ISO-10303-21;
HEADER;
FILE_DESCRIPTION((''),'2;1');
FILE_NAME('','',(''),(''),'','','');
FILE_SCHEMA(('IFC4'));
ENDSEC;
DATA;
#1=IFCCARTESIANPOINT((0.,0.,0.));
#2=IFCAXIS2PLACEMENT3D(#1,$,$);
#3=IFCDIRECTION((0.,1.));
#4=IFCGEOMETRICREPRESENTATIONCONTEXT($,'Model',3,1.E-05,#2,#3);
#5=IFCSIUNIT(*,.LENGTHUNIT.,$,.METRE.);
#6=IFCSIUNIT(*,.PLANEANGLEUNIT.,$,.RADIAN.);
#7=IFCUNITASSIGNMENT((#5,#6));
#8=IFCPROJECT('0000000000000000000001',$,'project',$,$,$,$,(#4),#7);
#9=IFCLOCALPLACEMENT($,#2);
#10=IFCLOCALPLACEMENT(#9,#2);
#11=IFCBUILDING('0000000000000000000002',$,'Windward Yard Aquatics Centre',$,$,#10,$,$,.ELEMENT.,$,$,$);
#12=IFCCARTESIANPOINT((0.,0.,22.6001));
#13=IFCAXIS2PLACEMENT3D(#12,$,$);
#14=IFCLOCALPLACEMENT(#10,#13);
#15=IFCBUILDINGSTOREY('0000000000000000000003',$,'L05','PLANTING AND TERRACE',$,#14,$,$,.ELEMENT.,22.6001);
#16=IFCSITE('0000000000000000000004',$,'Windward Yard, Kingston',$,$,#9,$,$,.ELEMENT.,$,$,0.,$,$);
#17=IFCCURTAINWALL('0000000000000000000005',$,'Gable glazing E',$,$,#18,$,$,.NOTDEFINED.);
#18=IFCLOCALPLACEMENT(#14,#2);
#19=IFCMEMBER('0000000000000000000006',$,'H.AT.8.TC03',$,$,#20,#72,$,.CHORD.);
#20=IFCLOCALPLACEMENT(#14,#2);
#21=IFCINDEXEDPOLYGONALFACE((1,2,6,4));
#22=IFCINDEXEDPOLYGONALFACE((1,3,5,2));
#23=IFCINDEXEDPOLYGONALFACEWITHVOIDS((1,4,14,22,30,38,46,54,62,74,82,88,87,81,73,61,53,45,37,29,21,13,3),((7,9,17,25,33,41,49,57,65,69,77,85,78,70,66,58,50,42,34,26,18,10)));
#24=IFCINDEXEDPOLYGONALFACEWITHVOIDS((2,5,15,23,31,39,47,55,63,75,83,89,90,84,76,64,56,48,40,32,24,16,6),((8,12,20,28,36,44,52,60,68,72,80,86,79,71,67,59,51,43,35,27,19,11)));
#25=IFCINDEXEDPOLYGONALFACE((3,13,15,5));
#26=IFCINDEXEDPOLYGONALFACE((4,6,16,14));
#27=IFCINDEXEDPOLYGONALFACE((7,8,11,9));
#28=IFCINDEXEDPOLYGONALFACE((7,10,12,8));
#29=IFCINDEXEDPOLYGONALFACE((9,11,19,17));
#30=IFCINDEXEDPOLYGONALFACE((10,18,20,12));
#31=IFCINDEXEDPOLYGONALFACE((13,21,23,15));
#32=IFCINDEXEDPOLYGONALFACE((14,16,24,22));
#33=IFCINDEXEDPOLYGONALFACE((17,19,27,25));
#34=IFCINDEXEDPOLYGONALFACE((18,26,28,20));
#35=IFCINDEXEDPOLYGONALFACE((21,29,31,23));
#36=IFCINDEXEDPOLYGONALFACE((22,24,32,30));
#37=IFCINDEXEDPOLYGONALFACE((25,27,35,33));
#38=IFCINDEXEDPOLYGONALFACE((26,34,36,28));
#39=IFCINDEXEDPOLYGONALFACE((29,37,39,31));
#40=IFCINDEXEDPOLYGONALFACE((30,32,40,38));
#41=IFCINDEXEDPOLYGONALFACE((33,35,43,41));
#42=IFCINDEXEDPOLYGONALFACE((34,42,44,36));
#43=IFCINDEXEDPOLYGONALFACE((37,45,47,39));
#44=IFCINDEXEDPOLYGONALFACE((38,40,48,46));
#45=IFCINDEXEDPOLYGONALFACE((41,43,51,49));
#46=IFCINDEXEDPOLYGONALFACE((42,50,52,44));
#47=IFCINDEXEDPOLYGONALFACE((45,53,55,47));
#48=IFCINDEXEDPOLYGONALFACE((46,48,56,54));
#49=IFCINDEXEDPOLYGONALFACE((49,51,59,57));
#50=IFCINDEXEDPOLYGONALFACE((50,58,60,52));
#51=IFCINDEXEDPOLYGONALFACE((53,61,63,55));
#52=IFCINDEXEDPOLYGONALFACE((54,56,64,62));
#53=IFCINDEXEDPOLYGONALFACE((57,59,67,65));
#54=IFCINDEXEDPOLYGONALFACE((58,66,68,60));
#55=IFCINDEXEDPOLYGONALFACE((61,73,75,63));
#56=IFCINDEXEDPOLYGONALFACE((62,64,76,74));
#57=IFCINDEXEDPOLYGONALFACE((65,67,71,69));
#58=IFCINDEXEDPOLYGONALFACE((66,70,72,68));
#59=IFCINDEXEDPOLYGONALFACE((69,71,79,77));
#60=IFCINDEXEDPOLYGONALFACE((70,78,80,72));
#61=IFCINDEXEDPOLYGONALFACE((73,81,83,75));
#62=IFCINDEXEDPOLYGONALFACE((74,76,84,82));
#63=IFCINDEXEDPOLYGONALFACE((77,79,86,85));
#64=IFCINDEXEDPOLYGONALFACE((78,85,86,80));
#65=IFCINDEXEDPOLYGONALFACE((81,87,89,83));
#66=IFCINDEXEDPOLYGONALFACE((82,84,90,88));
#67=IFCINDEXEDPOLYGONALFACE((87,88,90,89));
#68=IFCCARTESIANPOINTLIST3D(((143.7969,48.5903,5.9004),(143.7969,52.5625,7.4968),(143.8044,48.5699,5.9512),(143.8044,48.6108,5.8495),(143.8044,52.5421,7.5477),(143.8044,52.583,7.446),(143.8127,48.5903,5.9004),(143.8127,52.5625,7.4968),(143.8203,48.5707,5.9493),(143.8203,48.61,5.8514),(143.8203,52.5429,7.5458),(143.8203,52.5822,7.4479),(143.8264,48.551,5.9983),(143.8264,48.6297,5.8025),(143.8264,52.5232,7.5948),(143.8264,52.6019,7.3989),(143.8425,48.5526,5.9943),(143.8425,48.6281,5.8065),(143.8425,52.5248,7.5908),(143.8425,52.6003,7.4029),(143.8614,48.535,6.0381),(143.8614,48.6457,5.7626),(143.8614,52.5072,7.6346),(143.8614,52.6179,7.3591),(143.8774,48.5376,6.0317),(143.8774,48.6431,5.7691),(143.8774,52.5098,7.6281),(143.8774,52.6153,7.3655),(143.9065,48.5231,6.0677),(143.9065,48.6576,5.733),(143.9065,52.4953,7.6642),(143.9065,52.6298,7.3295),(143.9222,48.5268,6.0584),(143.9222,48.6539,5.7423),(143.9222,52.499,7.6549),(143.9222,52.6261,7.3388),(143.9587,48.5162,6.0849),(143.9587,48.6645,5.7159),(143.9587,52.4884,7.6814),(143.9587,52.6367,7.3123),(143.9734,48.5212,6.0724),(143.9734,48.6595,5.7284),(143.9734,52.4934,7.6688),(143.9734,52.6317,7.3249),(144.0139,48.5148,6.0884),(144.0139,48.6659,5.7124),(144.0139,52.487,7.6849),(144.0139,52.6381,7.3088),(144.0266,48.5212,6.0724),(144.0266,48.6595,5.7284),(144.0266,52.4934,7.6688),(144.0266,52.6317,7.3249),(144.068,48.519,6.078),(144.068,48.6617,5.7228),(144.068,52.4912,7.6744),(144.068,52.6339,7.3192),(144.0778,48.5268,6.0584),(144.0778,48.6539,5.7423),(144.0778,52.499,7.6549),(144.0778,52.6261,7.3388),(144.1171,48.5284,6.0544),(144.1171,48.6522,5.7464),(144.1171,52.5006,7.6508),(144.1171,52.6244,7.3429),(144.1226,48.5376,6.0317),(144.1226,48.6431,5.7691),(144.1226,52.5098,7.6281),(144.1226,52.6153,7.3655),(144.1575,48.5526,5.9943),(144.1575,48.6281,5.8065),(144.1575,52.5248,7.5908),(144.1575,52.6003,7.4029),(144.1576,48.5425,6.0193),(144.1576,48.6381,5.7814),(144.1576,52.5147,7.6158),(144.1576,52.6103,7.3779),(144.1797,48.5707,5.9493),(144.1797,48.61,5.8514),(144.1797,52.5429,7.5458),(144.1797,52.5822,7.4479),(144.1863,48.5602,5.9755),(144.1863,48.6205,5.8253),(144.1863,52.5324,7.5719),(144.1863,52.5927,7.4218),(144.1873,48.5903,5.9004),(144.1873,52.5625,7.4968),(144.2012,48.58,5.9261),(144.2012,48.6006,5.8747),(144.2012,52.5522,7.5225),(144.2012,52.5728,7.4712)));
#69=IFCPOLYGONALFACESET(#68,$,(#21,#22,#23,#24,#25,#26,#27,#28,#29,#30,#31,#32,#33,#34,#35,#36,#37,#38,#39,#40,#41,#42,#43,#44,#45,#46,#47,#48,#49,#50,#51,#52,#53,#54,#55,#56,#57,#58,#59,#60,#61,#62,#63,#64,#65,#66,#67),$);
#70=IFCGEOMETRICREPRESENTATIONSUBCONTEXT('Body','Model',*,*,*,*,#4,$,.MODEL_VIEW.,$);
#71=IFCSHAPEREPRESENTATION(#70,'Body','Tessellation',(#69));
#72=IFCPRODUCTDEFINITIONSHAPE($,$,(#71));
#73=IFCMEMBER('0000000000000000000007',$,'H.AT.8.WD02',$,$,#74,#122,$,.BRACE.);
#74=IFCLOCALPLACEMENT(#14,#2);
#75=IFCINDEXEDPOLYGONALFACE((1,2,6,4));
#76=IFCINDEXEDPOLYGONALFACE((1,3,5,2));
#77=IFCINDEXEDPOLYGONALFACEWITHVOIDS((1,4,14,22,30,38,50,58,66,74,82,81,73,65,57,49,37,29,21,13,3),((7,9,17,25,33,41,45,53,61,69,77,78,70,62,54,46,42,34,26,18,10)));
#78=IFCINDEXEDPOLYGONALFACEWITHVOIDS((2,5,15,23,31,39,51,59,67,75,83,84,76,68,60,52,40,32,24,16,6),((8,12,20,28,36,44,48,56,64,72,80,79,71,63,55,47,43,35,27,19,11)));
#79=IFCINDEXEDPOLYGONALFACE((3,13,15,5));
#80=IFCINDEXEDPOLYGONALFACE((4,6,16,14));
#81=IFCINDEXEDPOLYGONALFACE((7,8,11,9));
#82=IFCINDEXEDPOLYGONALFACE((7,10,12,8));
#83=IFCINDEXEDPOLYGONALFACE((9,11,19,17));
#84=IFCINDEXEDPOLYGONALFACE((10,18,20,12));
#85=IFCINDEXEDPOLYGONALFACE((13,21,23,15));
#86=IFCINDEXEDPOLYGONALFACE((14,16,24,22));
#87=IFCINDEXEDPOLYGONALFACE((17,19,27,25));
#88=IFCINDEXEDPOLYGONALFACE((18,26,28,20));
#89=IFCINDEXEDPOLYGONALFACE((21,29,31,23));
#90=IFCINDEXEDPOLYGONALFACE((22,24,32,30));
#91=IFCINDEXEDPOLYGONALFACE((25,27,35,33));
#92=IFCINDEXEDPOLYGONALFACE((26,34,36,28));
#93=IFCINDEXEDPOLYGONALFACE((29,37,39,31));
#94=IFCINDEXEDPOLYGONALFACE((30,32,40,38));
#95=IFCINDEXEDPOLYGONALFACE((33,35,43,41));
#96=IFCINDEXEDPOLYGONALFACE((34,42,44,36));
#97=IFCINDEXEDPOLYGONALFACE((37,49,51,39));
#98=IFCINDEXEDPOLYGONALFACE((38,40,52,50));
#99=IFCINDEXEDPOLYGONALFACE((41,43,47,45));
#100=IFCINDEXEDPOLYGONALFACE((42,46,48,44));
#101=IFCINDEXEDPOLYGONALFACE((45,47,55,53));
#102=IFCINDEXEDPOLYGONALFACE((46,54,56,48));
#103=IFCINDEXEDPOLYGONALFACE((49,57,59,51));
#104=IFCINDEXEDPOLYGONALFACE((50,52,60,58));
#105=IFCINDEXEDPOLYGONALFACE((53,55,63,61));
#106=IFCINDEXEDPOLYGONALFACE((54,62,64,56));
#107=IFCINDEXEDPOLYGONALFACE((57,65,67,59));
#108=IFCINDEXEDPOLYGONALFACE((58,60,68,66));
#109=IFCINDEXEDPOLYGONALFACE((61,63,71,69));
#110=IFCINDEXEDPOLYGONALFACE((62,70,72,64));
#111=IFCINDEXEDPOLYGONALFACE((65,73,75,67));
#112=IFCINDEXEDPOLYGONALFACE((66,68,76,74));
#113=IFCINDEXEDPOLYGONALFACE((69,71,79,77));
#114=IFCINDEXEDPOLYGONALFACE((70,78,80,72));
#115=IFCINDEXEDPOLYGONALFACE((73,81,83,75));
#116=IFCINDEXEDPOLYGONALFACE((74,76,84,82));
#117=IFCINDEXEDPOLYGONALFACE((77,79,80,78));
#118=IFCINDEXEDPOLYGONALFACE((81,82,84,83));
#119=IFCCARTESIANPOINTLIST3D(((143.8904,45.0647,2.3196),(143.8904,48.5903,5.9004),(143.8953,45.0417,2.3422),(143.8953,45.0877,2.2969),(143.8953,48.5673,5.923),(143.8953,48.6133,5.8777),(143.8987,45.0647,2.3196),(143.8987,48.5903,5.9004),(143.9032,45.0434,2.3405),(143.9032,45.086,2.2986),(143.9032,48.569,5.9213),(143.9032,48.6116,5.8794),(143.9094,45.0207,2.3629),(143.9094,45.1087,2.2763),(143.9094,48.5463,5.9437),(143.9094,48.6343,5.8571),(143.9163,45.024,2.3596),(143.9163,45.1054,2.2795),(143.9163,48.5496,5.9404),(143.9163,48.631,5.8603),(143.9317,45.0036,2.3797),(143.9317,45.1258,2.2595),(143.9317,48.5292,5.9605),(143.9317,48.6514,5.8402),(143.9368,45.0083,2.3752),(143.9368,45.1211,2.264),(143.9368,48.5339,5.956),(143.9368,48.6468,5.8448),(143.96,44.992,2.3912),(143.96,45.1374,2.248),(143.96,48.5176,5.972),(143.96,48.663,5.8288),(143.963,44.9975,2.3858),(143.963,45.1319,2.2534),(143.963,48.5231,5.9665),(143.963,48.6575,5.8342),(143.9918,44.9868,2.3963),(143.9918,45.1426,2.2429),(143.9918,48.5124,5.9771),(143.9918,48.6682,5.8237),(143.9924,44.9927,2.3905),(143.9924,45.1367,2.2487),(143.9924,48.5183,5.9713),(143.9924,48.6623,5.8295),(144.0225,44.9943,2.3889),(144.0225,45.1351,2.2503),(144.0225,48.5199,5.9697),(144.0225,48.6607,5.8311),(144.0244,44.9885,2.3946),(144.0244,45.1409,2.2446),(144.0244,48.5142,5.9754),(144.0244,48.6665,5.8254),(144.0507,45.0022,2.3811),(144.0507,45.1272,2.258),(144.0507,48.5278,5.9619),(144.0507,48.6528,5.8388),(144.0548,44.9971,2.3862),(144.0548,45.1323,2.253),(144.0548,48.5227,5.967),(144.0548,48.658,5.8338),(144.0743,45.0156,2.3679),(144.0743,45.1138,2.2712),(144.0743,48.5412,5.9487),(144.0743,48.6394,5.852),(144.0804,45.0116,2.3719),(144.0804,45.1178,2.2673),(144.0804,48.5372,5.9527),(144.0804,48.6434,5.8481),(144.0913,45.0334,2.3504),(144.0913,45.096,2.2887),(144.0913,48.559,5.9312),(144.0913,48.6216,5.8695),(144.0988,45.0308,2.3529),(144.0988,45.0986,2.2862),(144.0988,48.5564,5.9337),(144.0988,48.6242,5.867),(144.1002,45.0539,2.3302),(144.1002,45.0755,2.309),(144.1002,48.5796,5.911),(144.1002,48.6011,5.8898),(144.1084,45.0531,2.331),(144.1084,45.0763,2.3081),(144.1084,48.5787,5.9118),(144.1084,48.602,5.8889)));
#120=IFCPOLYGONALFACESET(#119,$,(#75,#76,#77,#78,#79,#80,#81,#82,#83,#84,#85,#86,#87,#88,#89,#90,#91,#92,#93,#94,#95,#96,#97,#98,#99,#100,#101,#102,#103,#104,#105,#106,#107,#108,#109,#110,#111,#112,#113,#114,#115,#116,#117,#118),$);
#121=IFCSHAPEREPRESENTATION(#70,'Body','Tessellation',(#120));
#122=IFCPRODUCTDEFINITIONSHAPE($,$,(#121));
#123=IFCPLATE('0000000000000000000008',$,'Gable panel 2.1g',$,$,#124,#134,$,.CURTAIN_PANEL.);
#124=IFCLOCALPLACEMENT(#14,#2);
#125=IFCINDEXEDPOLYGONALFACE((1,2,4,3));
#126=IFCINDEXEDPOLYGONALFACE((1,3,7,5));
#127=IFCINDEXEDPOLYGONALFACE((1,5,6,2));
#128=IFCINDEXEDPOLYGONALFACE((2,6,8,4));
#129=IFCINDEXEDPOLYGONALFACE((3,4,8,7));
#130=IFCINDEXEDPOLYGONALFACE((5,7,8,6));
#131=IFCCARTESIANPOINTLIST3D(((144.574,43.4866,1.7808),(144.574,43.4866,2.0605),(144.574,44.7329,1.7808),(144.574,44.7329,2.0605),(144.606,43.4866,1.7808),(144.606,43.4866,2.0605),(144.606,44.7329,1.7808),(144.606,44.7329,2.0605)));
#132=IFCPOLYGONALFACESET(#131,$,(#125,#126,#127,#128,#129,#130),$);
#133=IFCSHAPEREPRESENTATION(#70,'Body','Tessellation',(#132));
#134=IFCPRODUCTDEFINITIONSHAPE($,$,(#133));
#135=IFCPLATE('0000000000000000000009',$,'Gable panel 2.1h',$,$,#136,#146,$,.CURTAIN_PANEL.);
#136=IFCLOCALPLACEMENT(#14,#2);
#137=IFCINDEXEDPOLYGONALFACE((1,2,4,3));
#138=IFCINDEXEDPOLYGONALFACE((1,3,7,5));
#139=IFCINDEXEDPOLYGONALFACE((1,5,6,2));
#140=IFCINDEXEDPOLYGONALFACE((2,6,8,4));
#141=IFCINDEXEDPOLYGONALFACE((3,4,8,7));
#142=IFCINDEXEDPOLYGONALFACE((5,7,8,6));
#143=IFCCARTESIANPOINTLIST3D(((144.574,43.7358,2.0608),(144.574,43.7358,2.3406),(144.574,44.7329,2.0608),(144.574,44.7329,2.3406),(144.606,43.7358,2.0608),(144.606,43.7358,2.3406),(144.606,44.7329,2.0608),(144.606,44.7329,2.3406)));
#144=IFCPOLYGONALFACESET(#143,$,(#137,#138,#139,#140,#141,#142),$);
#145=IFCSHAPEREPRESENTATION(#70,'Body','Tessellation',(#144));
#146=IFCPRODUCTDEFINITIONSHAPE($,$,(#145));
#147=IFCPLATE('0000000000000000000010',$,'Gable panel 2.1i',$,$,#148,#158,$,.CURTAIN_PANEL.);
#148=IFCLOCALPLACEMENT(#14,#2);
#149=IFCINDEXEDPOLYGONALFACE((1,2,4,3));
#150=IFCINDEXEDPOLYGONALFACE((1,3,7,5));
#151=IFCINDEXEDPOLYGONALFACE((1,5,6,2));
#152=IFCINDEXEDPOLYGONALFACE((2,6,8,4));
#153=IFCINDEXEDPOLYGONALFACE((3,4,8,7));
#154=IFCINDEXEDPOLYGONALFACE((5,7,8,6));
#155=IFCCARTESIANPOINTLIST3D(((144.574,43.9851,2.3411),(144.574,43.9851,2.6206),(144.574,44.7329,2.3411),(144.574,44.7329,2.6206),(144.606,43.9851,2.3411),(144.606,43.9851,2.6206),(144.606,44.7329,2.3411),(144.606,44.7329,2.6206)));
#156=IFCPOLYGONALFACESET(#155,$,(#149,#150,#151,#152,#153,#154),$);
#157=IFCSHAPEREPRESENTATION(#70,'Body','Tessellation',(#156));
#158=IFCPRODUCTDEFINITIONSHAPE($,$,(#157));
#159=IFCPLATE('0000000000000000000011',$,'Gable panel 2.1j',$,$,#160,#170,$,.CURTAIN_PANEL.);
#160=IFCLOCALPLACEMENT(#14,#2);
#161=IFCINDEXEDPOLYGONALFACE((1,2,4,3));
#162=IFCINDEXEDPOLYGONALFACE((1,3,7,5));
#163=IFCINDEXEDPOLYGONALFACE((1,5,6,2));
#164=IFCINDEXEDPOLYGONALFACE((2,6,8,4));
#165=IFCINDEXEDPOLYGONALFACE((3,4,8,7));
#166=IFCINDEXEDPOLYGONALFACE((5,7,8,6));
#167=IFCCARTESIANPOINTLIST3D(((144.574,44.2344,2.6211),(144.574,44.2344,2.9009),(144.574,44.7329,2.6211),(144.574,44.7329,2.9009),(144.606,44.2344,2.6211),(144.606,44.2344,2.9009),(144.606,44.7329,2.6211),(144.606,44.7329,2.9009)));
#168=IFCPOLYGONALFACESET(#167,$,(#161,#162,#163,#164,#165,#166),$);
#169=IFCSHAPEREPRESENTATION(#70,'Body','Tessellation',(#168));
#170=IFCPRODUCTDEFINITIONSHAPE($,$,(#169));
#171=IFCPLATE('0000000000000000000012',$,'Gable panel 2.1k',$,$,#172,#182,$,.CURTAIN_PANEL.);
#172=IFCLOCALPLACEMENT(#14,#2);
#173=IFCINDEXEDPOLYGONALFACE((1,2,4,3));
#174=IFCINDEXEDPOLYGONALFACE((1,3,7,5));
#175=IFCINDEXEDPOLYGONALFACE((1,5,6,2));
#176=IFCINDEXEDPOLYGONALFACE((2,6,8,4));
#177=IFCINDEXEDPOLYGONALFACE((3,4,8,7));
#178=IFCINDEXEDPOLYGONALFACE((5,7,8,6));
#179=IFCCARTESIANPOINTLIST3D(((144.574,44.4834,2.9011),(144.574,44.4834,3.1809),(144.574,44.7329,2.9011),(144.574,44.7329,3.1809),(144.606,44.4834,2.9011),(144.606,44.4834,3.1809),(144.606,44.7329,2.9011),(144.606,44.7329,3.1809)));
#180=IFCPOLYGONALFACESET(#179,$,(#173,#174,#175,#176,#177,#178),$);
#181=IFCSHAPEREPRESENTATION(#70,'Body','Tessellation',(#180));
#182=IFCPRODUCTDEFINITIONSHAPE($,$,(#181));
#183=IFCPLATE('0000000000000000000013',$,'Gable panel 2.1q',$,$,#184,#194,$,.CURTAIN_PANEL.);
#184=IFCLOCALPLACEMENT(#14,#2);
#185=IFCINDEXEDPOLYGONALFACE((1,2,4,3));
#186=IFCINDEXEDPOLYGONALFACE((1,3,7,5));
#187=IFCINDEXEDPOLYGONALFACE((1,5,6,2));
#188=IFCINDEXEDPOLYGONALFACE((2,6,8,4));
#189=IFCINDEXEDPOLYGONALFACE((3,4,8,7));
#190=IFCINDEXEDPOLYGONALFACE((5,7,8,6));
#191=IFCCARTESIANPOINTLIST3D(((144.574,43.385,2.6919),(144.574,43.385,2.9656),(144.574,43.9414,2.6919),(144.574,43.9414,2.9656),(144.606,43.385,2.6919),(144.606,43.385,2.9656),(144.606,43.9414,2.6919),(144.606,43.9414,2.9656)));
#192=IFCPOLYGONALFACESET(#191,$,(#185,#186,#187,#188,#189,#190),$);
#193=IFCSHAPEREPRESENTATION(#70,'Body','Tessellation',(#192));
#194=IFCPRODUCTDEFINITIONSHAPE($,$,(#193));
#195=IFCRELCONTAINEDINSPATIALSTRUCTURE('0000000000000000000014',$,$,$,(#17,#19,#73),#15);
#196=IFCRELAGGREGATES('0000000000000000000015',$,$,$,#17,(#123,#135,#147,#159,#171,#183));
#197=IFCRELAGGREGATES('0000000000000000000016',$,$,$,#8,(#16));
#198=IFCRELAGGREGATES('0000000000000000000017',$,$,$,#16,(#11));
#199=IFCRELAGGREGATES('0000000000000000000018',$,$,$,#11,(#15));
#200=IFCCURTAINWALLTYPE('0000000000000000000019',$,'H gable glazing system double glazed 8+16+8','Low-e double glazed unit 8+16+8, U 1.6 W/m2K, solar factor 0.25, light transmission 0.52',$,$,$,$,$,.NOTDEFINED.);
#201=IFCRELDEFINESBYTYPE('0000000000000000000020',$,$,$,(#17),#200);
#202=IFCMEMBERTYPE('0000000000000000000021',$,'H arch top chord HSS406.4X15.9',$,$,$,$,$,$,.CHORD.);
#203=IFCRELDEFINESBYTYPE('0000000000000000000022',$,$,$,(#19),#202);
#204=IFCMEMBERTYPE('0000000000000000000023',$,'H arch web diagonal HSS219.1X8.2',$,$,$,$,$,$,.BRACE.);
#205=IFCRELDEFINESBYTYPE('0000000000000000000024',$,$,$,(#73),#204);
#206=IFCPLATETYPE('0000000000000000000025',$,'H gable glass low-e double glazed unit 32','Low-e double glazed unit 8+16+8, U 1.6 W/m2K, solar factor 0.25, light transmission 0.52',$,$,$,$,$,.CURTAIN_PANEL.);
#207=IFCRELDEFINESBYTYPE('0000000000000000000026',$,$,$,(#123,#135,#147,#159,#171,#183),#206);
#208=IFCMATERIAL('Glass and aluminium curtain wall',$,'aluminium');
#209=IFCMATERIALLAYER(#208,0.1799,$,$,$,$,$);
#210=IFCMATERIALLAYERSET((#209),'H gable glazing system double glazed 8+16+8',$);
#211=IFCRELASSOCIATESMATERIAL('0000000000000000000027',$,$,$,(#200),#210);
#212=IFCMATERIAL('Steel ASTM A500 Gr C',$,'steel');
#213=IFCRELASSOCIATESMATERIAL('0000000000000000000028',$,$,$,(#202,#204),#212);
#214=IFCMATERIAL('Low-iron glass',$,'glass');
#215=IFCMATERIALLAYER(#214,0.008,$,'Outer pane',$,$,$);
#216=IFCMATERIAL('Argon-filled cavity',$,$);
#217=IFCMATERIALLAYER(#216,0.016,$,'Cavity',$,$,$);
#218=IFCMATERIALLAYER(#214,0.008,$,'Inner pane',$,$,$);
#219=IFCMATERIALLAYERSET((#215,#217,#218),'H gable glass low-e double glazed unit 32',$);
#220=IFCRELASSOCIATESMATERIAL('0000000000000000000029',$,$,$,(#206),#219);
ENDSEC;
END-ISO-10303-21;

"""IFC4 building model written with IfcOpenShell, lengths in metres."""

from ifc_helpers import new_model, si_unit, direction, frame, origin, origin_2d, place, context, subcontext, project, spatial, polyline, hollow_circle, outline, extrude, material, layer, layer_set, material_profile, profile_set, type_object, element, aggregate, save


model = new_model("IFC4")

# Units and contexts
model_context = context("Model", 3, precision=1e-05, world=origin(), true_north=direction((0.0, 1.0)))
body_context = subcontext(model_context, "Body", "Model", "MODEL_VIEW")
ifc_project = project(units=[si_unit("LENGTHUNIT", "METRE"), si_unit("PLANEANGLEUNIT", "RADIAN")], contexts=[model_context])

# Site, building, storey
site_placement = place(None, origin())
site = spatial("IfcSite", under=ifc_project, at=site_placement, Name="Windward Yard, Kingston", CompositionType="ELEMENT", RefElevation=0.0)
building_placement = place(site_placement, origin())
building = spatial("IfcBuilding", under=site, at=building_placement, Name="Windward Yard Aquatics Centre", CompositionType="ELEMENT")
storey_placement = place(building_placement, frame((0.0, 0.0, 22.6001)))
storey = spatial("IfcBuildingStorey", under=building, at=storey_placement, Name="L05", Description="PLANTING AND TERRACE", CompositionType="ELEMENT", Elevation=22.6001)

# Curtain wall
ifc_material_1 = material(Name="Glass and aluminium curtain wall", Category="aluminium")
ifc_layer_1 = layer(ifc_material_1, 0.1799)
ifc_layer_set_1 = layer_set([ifc_layer_1], Name="H gable glazing system double glazed 8+16+8")
curtain_wall_type = type_object("IfcCurtainWallType", Name="H gable glazing system double glazed 8+16+8", Description="Low-e double glazed unit 8+16+8, U 1.6 W/m2K, solar factor 0.25, light transmission 0.52", PredefinedType="NOTDEFINED", material=ifc_layer_set_1)
curtain_wall_placement = place(storey_placement, origin())
curtain_wall = element("IfcCurtainWall", 1, at=curtain_wall_placement, inside=storey, type_object=curtain_wall_type, Name="Gable glazing E", PredefinedType="NOTDEFINED")

# Members
ifc_material_2 = material(Name="Steel ASTM A500 Gr C", Category="steel")
ifc_material_profile_1 = material_profile(ifc_material_2, hollow_circle(Radius=0.2031, WallThickness=0.0159, at=origin_2d()), Name="HSS406.4X15.9")
ifc_profile_set_1 = profile_set([ifc_material_profile_1], Name="Steel ASTM A500 Gr C")
member_type_1 = type_object("IfcMemberType", Name="H arch top chord HSS406.4X15.9", PredefinedType="CHORD", material=ifc_profile_set_1)
member_1_placement = place(storey_placement, frame((144.0, 48.5903, 5.9004), z_axis=(0.0, 0.927866, 0.372914), x_axis=(-1.0, 0.0, 0.0)))
element("IfcMember", 2, at=member_1_placement, inside=storey, type_object=member_type_1, Name="H.AT.8.TC03", PredefinedType="CHORD", context=body_context, shape_type="SweptSolid", body=[
    extrude(hollow_circle(Radius=0.2031, WallThickness=0.0159, at=origin_2d()), origin(), (0.0, 0.0, 1.0), 4.281),
])
ifc_material_profile_2 = material_profile(ifc_material_2, hollow_circle(Radius=0.1096, WallThickness=0.0083, at=origin_2d()), Name="HSS219.1X8.2")
ifc_profile_set_2 = profile_set([ifc_material_profile_2], Name="Steel ASTM A500 Gr C")
member_type_2 = type_object("IfcMemberType", Name="H arch web diagonal HSS219.1X8.2", PredefinedType="BRACE", material=ifc_profile_set_2)
member_2_placement = place(storey_placement, frame((144.0, 45.0647, 2.3196), z_axis=(0.0, 0.701596, 0.712575), x_axis=(-1.0, 0.0, 0.0)))
element("IfcMember", 3, at=member_2_placement, inside=storey, type_object=member_type_2, Name="H.AT.8.WD02", PredefinedType="BRACE", context=body_context, shape_type="SweptSolid", body=[
    extrude(hollow_circle(Radius=0.1096, WallThickness=0.0083, at=origin_2d()), origin(), (0.0, 0.0, 1.0), 5.0251),
])

# Plates
ifc_material_3 = material(Name="Low-iron glass", Category="glass")
ifc_layer_2 = layer(ifc_material_3, 0.008, Name="Outer pane")
ifc_material_4 = material(Name="Argon-filled cavity")
ifc_layer_3 = layer(ifc_material_4, 0.016, Name="Cavity")
ifc_layer_4 = layer(ifc_material_3, 0.008, Name="Inner pane")
ifc_layer_set_2 = layer_set([ifc_layer_2, ifc_layer_3, ifc_layer_4], Name="H gable glass low-e double glazed unit 32")
plate_type = type_object("IfcPlateType", Name="H gable glass low-e double glazed unit 32", Description="Low-e double glazed unit 8+16+8, U 1.6 W/m2K, solar factor 0.25, light transmission 0.52", PredefinedType="CURTAIN_PANEL", material=ifc_layer_set_2)
plate_1_placement = place(storey_placement, frame((144.606, 43.4866, 1.7808), z_axis=(1.0, 0.0, 0.0), x_axis=(0.0, 1.0, 0.0)))
plate_1 = element("IfcPlate", 4, at=plate_1_placement, type_object=plate_type, Name="Gable panel 2.1g", PredefinedType="CURTAIN_PANEL", context=body_context, shape_type="SweptSolid", body=[
    extrude(outline(polyline([(0.0, 0.0), (1.2463, 0.0), (1.2463, 0.2798), (0.0, 0.2798), (0.0, 0.0)])), origin(), (0.0, 0.0, -1.0), 0.032),
])
plate_2_placement = place(storey_placement, frame((144.606, 43.7358, 2.0608), z_axis=(1.0, 0.0, 0.0), x_axis=(0.0, 1.0, 0.0)))
plate_2 = element("IfcPlate", 5, at=plate_2_placement, type_object=plate_type, Name="Gable panel 2.1h", PredefinedType="CURTAIN_PANEL", context=body_context, shape_type="SweptSolid", body=[
    extrude(outline(polyline([(0.0, 0.0), (0.9971, 0.0), (0.9971, 0.2798), (0.0, 0.2798), (0.0, 0.0)])), origin(), (0.0, 0.0, -1.0), 0.032),
])
plate_3_placement = place(storey_placement, frame((144.606, 43.9851, 2.3411), z_axis=(1.0, 0.0, 0.0), x_axis=(0.0, 1.0, 0.0)))
plate_3 = element("IfcPlate", 6, at=plate_3_placement, type_object=plate_type, Name="Gable panel 2.1i", PredefinedType="CURTAIN_PANEL", context=body_context, shape_type="SweptSolid", body=[
    extrude(outline(polyline([(0.0, 0.0), (0.7478, 0.0), (0.7478, 0.2795), (0.0, 0.2795), (0.0, 0.0)])), origin(), (0.0, 0.0, -1.0), 0.032),
])
plate_4_placement = place(storey_placement, frame((144.606, 44.2344, 2.6211), z_axis=(1.0, 0.0, 0.0), x_axis=(0.0, 1.0, 0.0)))
plate_4 = element("IfcPlate", 7, at=plate_4_placement, type_object=plate_type, Name="Gable panel 2.1j", PredefinedType="CURTAIN_PANEL", context=body_context, shape_type="SweptSolid", body=[
    extrude(outline(polyline([(0.0, 0.0), (0.4985, 0.0), (0.4985, 0.2798), (0.0, 0.2798), (0.0, 0.0)])), origin(), (0.0, 0.0, -1.0), 0.032),
])
plate_5_placement = place(storey_placement, frame((144.606, 44.4834, 2.9011), z_axis=(1.0, 0.0, 0.0), x_axis=(0.0, 1.0, 0.0)))
plate_5 = element("IfcPlate", 8, at=plate_5_placement, type_object=plate_type, Name="Gable panel 2.1k", PredefinedType="CURTAIN_PANEL", context=body_context, shape_type="SweptSolid", body=[
    extrude(outline(polyline([(0.0, 0.0), (0.2495, 0.0), (0.2495, 0.2798), (0.0, 0.2798), (0.0, 0.0)])), origin(), (0.0, 0.0, -1.0), 0.032),
])
plate_6_placement = place(storey_placement, frame((144.606, 43.385, 2.6919), z_axis=(1.0, 0.0, 0.0), x_axis=(0.0, 1.0, 0.0)))
plate_6 = element("IfcPlate", 9, at=plate_6_placement, type_object=plate_type, Name="Gable panel 2.1q", PredefinedType="CURTAIN_PANEL", context=body_context, shape_type="SweptSolid", body=[
    extrude(outline(polyline([(0.0, 0.0), (0.5564, 0.0), (0.5564, 0.2737), (0.0, 0.2737), (0.0, 0.0)])), origin(), (0.0, 0.0, -1.0), 0.032),
])

aggregate(curtain_wall, [plate_1, plate_2, plate_3, plate_4, plate_5, plate_6])

save(model, "model.ifc")
